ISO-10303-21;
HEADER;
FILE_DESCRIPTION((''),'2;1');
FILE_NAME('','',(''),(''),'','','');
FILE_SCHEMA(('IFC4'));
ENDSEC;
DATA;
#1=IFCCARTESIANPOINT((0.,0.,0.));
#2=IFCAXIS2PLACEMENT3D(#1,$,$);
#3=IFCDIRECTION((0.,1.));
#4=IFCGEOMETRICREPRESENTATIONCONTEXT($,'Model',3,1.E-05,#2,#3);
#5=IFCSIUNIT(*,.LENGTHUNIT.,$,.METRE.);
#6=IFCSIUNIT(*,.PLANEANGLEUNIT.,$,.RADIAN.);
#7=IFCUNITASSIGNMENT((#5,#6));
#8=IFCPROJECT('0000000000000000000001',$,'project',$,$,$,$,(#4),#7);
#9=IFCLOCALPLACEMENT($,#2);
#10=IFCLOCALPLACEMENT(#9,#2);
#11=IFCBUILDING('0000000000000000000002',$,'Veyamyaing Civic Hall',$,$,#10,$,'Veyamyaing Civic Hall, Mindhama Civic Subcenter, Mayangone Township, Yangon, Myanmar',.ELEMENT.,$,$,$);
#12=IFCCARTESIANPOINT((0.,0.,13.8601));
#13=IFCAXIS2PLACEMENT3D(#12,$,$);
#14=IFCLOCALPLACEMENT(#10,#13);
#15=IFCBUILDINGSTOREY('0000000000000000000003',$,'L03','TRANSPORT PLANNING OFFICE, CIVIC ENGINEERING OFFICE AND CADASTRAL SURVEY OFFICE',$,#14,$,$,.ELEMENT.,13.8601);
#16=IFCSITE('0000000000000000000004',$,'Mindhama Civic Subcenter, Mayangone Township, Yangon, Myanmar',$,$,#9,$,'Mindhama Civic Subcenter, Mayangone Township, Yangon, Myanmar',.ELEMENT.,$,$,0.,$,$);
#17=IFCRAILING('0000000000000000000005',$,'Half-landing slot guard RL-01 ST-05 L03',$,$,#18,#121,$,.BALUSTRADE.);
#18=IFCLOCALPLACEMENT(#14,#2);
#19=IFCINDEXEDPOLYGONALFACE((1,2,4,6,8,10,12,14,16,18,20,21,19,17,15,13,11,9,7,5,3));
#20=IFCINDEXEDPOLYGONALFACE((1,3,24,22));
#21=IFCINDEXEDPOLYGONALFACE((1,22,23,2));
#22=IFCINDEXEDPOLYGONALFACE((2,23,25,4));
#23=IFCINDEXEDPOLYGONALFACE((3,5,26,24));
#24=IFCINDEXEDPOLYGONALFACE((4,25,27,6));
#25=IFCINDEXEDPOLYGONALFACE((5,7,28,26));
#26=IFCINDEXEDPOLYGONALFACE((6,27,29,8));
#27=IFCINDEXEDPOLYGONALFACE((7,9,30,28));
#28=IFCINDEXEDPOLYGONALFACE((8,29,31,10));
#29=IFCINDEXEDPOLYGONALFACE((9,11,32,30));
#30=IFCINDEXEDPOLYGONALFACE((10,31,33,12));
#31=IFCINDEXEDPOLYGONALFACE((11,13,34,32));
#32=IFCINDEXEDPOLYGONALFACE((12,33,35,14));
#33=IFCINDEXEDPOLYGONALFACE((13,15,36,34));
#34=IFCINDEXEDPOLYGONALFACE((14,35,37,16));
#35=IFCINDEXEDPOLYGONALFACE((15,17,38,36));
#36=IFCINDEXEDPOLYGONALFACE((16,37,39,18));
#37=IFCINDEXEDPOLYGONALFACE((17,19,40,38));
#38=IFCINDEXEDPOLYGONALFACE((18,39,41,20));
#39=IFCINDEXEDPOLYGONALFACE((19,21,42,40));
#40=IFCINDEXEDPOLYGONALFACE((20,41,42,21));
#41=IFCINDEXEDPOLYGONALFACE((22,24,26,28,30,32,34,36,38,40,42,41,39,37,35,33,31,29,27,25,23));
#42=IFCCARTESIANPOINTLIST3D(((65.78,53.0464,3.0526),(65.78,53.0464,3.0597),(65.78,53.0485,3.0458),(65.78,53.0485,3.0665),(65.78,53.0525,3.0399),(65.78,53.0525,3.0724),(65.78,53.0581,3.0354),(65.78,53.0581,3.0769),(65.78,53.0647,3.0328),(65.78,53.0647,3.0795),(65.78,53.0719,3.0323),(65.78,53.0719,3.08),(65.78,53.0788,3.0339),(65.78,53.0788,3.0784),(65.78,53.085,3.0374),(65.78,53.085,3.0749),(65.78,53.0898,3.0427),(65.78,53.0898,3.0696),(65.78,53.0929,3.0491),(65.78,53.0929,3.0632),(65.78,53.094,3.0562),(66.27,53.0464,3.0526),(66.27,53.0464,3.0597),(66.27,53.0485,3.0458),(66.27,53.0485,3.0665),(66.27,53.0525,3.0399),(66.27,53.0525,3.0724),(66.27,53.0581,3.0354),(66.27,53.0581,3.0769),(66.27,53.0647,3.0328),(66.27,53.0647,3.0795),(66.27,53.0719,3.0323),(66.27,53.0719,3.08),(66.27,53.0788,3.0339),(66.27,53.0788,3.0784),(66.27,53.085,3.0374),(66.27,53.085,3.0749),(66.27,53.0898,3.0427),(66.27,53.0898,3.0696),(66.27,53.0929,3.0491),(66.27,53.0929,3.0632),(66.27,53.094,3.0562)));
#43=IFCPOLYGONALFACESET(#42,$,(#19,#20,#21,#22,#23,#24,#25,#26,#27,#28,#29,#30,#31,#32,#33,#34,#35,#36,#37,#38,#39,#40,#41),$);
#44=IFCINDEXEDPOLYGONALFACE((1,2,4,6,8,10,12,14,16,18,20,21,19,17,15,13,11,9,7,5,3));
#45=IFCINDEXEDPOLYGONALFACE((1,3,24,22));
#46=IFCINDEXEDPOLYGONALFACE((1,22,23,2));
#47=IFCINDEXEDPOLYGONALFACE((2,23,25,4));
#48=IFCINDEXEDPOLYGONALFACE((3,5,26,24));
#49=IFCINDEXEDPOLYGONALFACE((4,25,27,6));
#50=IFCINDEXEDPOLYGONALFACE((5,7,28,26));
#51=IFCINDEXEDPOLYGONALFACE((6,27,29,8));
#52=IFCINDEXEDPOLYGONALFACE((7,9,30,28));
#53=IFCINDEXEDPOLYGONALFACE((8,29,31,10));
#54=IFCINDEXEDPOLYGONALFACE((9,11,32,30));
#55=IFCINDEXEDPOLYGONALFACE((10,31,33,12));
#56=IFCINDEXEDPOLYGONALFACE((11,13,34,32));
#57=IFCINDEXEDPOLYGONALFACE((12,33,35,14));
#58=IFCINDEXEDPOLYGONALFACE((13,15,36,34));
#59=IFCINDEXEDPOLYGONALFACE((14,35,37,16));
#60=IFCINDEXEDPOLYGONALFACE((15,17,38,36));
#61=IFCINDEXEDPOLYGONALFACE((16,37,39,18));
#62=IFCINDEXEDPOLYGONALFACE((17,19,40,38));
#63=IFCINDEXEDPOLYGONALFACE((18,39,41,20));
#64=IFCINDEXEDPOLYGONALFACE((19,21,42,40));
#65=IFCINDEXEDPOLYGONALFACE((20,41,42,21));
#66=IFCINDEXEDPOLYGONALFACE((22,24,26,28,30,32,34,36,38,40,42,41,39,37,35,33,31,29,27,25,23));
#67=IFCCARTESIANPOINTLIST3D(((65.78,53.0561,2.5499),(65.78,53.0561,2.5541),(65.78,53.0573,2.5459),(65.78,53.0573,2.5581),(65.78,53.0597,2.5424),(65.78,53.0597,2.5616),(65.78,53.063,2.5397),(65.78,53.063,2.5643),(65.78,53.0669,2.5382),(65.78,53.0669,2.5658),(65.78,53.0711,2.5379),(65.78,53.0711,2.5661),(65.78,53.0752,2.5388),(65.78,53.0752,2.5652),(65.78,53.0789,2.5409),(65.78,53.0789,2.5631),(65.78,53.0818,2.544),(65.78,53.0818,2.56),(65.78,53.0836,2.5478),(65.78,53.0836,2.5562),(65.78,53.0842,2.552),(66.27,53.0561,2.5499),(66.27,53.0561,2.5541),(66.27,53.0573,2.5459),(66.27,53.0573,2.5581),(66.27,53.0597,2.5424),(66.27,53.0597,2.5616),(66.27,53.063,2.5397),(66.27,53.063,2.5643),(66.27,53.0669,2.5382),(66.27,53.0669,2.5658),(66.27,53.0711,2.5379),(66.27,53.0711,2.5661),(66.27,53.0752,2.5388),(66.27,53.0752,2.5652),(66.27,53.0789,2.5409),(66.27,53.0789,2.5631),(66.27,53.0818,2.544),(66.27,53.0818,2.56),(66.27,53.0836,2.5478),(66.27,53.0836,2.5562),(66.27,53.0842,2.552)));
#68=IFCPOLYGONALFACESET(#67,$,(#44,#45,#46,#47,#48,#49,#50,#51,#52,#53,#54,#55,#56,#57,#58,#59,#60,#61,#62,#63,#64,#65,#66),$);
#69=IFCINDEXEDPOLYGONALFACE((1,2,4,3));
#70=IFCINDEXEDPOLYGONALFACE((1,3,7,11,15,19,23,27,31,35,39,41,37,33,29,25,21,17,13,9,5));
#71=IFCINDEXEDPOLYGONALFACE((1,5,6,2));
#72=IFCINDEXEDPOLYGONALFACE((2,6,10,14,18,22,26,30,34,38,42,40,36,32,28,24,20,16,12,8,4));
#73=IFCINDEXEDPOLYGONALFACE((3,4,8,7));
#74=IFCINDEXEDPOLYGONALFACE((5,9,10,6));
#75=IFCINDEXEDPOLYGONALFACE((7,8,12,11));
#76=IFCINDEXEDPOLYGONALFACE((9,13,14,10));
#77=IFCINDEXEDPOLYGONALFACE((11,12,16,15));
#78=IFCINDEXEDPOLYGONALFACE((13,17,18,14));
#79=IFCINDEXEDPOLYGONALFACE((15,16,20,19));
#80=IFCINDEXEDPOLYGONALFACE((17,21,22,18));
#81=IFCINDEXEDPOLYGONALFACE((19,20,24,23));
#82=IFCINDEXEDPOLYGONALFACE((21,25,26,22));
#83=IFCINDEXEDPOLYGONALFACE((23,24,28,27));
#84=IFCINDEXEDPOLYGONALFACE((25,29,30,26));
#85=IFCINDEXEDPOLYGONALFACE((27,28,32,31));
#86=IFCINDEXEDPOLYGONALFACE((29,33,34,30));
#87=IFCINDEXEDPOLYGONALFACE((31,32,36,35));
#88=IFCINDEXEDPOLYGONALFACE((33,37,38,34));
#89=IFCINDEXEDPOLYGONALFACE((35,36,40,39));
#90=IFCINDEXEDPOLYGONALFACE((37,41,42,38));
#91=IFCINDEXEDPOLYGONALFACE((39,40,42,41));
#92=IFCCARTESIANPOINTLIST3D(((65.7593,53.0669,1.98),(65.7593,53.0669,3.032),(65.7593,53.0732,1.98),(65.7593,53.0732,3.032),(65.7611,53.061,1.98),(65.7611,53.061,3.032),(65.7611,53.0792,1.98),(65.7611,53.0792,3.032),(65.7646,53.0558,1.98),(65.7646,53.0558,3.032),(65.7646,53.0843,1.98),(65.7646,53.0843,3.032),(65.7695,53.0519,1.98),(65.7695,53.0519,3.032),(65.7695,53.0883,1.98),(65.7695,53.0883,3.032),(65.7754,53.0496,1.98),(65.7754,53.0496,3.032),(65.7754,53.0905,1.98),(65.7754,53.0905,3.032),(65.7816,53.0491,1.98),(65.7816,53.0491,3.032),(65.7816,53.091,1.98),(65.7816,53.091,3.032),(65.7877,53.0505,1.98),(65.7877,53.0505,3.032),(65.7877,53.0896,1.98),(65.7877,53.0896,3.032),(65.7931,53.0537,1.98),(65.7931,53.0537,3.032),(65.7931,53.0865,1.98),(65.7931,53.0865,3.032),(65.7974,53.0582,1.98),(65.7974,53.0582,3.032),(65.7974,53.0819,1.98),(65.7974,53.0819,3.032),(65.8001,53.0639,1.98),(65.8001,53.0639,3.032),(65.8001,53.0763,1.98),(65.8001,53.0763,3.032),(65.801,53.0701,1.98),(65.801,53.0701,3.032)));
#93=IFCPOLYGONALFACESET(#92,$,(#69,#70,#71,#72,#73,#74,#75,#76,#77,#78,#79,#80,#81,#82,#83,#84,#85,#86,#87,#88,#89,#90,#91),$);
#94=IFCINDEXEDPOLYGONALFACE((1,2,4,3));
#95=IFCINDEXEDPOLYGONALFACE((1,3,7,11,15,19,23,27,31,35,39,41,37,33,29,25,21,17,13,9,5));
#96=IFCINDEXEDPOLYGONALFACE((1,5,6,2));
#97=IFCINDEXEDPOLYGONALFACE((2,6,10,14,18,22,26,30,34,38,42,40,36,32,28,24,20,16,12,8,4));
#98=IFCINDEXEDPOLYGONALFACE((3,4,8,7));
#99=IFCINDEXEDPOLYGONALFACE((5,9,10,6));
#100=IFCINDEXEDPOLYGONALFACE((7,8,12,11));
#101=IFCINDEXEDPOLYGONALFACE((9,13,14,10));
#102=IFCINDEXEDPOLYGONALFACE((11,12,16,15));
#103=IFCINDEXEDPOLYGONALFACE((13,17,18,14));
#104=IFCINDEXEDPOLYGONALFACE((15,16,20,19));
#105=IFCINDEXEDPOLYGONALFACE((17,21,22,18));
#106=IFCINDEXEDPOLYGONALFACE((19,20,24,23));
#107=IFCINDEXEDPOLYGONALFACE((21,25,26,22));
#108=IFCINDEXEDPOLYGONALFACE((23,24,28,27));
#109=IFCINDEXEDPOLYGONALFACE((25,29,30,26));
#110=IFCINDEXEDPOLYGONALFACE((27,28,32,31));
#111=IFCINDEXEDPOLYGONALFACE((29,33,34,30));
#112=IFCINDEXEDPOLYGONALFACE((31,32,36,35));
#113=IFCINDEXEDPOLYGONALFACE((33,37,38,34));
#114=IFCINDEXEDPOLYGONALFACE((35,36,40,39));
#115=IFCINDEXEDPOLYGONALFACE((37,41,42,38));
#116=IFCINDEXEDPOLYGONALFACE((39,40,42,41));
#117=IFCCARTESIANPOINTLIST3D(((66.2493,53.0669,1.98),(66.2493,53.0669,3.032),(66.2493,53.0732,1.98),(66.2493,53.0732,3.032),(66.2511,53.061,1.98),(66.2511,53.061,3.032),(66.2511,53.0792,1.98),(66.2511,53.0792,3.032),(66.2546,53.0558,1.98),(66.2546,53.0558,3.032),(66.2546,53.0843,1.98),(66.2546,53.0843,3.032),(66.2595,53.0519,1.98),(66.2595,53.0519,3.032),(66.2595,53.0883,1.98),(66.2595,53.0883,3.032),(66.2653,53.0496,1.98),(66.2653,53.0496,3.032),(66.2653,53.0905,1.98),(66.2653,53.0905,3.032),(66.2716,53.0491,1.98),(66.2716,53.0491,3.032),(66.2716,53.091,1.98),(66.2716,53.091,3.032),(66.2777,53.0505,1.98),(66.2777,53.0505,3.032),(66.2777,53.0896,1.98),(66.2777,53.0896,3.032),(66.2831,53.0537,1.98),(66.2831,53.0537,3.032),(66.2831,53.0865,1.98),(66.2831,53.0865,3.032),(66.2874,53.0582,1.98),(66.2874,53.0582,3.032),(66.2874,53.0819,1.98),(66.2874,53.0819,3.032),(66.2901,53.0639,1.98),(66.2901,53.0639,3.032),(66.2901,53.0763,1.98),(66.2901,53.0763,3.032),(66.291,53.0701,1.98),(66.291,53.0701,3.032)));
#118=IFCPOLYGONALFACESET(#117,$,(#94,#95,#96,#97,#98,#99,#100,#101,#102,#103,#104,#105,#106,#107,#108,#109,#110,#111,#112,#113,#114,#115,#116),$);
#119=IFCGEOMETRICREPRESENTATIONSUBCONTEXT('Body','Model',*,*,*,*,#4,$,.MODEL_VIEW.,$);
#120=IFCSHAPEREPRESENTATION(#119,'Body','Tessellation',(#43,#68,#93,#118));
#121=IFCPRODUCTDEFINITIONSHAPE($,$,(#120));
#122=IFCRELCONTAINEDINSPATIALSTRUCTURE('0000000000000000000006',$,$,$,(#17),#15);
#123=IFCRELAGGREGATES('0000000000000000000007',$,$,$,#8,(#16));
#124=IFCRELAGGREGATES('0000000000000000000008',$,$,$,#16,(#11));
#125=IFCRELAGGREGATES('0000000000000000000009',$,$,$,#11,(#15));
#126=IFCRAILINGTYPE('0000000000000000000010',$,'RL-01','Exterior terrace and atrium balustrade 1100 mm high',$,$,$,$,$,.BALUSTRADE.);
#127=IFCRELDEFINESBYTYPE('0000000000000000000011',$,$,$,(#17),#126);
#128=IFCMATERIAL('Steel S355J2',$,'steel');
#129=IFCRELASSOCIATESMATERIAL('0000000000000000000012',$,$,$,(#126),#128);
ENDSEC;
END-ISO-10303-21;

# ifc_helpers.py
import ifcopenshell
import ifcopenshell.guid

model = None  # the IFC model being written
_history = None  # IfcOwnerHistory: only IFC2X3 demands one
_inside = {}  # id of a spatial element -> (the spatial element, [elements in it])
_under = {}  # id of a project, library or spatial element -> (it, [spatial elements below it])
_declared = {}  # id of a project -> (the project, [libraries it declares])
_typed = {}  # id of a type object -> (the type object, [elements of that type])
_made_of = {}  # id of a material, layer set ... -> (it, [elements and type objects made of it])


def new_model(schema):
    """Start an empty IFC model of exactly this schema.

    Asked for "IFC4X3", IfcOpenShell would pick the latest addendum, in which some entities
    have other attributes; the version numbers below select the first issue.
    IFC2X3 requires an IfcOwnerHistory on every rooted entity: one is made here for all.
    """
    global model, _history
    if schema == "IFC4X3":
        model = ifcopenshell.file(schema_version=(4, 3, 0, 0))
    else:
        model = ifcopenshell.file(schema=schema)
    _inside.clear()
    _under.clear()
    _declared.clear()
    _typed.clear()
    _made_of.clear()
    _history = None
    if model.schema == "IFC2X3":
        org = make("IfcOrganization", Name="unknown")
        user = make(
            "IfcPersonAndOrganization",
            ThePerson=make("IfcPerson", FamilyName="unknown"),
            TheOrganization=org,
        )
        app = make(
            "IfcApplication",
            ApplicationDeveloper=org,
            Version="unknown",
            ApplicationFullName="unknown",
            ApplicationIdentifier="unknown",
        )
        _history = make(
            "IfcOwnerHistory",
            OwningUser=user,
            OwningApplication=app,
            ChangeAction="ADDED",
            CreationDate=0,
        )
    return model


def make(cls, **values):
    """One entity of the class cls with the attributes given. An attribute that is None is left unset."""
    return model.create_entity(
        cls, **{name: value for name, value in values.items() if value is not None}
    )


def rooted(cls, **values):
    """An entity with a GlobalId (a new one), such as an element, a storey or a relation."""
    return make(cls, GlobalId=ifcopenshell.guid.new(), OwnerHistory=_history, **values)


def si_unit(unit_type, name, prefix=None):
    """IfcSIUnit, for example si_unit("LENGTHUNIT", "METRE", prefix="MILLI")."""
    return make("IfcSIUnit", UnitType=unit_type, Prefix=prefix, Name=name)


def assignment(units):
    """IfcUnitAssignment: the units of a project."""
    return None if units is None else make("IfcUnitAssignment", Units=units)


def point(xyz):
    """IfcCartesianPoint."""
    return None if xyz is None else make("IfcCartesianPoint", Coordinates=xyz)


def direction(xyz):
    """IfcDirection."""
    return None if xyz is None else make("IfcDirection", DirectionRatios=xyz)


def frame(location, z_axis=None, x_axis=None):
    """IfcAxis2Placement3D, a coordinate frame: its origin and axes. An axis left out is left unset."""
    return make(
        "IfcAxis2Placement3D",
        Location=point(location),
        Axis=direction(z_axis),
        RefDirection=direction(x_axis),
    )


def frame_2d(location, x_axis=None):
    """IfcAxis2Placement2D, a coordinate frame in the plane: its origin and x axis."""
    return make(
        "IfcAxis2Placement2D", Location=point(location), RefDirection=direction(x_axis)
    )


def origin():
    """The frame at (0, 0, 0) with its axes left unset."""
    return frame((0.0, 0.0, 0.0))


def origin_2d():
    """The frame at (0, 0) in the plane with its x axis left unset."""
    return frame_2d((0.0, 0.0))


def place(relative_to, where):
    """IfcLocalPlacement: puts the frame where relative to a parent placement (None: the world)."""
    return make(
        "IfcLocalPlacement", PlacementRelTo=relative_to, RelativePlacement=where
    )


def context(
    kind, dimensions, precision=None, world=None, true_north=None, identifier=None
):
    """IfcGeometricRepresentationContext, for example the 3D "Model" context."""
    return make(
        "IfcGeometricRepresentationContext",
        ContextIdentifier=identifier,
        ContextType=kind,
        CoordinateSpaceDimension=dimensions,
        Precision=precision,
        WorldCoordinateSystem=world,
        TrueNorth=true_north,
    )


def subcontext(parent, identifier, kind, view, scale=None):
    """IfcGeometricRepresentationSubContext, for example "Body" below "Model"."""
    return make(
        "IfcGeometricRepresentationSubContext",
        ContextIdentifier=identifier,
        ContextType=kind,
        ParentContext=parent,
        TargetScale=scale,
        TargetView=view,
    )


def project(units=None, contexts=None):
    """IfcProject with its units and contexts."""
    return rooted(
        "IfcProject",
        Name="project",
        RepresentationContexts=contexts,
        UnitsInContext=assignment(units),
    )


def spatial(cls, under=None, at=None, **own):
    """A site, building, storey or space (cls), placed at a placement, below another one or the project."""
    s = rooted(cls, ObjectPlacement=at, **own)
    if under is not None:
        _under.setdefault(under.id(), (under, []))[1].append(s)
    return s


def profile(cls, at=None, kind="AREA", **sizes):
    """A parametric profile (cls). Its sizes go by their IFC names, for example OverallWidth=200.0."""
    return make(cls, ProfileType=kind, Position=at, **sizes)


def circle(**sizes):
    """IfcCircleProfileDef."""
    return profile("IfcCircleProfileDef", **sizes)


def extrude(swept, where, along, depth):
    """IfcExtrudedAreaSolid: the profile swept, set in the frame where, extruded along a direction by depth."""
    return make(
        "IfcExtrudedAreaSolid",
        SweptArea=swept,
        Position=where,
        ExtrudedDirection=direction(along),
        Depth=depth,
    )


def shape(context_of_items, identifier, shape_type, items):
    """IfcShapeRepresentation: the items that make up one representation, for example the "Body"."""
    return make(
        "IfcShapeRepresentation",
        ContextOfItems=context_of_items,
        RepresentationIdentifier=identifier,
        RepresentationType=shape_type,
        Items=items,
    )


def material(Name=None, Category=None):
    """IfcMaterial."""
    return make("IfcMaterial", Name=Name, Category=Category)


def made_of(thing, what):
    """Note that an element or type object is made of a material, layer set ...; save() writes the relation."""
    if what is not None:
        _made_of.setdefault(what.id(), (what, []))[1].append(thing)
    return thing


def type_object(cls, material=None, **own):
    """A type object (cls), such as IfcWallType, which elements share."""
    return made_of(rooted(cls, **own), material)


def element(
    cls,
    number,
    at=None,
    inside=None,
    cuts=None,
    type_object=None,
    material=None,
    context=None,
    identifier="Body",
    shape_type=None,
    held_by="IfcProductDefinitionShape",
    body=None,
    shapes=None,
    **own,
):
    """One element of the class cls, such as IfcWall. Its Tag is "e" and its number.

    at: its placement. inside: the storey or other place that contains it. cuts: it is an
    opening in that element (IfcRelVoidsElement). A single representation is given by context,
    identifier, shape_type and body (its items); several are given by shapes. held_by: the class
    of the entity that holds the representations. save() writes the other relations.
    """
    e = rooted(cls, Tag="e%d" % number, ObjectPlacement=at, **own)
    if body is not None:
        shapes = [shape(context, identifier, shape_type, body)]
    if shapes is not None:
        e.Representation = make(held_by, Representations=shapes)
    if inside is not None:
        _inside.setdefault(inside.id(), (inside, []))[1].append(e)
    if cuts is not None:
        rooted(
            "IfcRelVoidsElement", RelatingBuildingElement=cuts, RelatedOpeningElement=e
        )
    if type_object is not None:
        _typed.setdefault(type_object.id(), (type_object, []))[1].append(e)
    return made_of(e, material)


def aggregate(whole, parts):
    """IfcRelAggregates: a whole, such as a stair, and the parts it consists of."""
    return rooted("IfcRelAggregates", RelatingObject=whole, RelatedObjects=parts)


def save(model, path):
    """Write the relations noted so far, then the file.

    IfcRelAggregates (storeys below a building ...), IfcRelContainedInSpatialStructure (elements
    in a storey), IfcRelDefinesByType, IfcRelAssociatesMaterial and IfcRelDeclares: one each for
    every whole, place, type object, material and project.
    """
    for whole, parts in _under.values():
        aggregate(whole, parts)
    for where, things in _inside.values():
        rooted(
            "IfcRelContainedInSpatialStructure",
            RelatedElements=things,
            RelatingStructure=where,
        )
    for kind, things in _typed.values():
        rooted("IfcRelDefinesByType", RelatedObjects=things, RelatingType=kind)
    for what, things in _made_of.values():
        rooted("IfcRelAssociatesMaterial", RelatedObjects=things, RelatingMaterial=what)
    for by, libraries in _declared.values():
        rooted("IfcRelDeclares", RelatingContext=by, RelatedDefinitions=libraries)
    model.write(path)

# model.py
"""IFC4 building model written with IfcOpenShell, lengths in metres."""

from ifc_helpers import new_model, si_unit, direction, frame, origin, origin_2d, place, context, subcontext, project, spatial, circle, extrude, material, type_object, element, save


model = new_model("IFC4")

# Units and contexts
model_context = context("Model", 3, precision=1e-05, world=origin(), true_north=direction((0.0, 1.0)))
body_context = subcontext(model_context, "Body", "Model", "MODEL_VIEW")
ifc_project = project(units=[si_unit("LENGTHUNIT", "METRE"), si_unit("PLANEANGLEUNIT", "RADIAN")], contexts=[model_context])

# Site, building, storey
site_placement = place(None, origin())
site = spatial("IfcSite", under=ifc_project, at=site_placement, Name="Mindhama Civic Subcenter, Mayangone Township, Yangon, Myanmar", LongName="Mindhama Civic Subcenter, Mayangone Township, Yangon, Myanmar", CompositionType="ELEMENT", RefElevation=0.0)
building_placement = place(site_placement, origin())
building = spatial("IfcBuilding", under=site, at=building_placement, Name="Veyamyaing Civic Hall", LongName="Veyamyaing Civic Hall, Mindhama Civic Subcenter, Mayangone Township, Yangon, Myanmar", CompositionType="ELEMENT")
storey_placement = place(building_placement, frame((0.0, 0.0, 13.8601)))
storey = spatial("IfcBuildingStorey", under=building, at=storey_placement, Name="L03", Description="TRANSPORT PLANNING OFFICE, CIVIC ENGINEERING OFFICE AND CADASTRAL SURVEY OFFICE", CompositionType="ELEMENT", Elevation=13.8601)

# Railing
ifc_material_1 = material(Name="Steel S355J2", Category="steel")
railing_type_1 = type_object("IfcRailingType", Name="RL-01", Description="Exterior terrace and atrium balustrade 1100 mm high", PredefinedType="BALUSTRADE", material=ifc_material_1)
railing_1_placement = place(storey_placement, frame((65.78, 53.0701, 1.98)))
element("IfcRailing", 1, at=railing_1_placement, inside=storey, type_object=railing_type_1, Name="Half-landing slot guard RL-01 ST-05 L03", PredefinedType="BALUSTRADE", context=body_context, shape_type="SweptSolid", body=[
    extrude(circle(Radius=0.0239, at=origin_2d()), frame((0.0, 0.0, 1.0762), z_axis=(1.0, 0.0, 0.0), x_axis=(0.0, 1.0, 0.0)), (0.0, 0.0, 1.0), 0.49),
    extrude(circle(Radius=0.0142, at=origin_2d()), frame((0.0, 0.0, 0.572), z_axis=(1.0, 0.0, 0.0), x_axis=(0.0, 1.0, 0.0)), (0.0, 0.0, 1.0), 0.49),
    extrude(circle(Radius=0.021, at=origin_2d()), origin(), (0.0, 0.0, 1.0), 1.052),
    extrude(circle(Radius=0.021, at=origin_2d()), frame((0.49, 0.0, 0.0)), (0.0, 0.0, 1.0), 1.052),
])

save(model, "model.ifc")
